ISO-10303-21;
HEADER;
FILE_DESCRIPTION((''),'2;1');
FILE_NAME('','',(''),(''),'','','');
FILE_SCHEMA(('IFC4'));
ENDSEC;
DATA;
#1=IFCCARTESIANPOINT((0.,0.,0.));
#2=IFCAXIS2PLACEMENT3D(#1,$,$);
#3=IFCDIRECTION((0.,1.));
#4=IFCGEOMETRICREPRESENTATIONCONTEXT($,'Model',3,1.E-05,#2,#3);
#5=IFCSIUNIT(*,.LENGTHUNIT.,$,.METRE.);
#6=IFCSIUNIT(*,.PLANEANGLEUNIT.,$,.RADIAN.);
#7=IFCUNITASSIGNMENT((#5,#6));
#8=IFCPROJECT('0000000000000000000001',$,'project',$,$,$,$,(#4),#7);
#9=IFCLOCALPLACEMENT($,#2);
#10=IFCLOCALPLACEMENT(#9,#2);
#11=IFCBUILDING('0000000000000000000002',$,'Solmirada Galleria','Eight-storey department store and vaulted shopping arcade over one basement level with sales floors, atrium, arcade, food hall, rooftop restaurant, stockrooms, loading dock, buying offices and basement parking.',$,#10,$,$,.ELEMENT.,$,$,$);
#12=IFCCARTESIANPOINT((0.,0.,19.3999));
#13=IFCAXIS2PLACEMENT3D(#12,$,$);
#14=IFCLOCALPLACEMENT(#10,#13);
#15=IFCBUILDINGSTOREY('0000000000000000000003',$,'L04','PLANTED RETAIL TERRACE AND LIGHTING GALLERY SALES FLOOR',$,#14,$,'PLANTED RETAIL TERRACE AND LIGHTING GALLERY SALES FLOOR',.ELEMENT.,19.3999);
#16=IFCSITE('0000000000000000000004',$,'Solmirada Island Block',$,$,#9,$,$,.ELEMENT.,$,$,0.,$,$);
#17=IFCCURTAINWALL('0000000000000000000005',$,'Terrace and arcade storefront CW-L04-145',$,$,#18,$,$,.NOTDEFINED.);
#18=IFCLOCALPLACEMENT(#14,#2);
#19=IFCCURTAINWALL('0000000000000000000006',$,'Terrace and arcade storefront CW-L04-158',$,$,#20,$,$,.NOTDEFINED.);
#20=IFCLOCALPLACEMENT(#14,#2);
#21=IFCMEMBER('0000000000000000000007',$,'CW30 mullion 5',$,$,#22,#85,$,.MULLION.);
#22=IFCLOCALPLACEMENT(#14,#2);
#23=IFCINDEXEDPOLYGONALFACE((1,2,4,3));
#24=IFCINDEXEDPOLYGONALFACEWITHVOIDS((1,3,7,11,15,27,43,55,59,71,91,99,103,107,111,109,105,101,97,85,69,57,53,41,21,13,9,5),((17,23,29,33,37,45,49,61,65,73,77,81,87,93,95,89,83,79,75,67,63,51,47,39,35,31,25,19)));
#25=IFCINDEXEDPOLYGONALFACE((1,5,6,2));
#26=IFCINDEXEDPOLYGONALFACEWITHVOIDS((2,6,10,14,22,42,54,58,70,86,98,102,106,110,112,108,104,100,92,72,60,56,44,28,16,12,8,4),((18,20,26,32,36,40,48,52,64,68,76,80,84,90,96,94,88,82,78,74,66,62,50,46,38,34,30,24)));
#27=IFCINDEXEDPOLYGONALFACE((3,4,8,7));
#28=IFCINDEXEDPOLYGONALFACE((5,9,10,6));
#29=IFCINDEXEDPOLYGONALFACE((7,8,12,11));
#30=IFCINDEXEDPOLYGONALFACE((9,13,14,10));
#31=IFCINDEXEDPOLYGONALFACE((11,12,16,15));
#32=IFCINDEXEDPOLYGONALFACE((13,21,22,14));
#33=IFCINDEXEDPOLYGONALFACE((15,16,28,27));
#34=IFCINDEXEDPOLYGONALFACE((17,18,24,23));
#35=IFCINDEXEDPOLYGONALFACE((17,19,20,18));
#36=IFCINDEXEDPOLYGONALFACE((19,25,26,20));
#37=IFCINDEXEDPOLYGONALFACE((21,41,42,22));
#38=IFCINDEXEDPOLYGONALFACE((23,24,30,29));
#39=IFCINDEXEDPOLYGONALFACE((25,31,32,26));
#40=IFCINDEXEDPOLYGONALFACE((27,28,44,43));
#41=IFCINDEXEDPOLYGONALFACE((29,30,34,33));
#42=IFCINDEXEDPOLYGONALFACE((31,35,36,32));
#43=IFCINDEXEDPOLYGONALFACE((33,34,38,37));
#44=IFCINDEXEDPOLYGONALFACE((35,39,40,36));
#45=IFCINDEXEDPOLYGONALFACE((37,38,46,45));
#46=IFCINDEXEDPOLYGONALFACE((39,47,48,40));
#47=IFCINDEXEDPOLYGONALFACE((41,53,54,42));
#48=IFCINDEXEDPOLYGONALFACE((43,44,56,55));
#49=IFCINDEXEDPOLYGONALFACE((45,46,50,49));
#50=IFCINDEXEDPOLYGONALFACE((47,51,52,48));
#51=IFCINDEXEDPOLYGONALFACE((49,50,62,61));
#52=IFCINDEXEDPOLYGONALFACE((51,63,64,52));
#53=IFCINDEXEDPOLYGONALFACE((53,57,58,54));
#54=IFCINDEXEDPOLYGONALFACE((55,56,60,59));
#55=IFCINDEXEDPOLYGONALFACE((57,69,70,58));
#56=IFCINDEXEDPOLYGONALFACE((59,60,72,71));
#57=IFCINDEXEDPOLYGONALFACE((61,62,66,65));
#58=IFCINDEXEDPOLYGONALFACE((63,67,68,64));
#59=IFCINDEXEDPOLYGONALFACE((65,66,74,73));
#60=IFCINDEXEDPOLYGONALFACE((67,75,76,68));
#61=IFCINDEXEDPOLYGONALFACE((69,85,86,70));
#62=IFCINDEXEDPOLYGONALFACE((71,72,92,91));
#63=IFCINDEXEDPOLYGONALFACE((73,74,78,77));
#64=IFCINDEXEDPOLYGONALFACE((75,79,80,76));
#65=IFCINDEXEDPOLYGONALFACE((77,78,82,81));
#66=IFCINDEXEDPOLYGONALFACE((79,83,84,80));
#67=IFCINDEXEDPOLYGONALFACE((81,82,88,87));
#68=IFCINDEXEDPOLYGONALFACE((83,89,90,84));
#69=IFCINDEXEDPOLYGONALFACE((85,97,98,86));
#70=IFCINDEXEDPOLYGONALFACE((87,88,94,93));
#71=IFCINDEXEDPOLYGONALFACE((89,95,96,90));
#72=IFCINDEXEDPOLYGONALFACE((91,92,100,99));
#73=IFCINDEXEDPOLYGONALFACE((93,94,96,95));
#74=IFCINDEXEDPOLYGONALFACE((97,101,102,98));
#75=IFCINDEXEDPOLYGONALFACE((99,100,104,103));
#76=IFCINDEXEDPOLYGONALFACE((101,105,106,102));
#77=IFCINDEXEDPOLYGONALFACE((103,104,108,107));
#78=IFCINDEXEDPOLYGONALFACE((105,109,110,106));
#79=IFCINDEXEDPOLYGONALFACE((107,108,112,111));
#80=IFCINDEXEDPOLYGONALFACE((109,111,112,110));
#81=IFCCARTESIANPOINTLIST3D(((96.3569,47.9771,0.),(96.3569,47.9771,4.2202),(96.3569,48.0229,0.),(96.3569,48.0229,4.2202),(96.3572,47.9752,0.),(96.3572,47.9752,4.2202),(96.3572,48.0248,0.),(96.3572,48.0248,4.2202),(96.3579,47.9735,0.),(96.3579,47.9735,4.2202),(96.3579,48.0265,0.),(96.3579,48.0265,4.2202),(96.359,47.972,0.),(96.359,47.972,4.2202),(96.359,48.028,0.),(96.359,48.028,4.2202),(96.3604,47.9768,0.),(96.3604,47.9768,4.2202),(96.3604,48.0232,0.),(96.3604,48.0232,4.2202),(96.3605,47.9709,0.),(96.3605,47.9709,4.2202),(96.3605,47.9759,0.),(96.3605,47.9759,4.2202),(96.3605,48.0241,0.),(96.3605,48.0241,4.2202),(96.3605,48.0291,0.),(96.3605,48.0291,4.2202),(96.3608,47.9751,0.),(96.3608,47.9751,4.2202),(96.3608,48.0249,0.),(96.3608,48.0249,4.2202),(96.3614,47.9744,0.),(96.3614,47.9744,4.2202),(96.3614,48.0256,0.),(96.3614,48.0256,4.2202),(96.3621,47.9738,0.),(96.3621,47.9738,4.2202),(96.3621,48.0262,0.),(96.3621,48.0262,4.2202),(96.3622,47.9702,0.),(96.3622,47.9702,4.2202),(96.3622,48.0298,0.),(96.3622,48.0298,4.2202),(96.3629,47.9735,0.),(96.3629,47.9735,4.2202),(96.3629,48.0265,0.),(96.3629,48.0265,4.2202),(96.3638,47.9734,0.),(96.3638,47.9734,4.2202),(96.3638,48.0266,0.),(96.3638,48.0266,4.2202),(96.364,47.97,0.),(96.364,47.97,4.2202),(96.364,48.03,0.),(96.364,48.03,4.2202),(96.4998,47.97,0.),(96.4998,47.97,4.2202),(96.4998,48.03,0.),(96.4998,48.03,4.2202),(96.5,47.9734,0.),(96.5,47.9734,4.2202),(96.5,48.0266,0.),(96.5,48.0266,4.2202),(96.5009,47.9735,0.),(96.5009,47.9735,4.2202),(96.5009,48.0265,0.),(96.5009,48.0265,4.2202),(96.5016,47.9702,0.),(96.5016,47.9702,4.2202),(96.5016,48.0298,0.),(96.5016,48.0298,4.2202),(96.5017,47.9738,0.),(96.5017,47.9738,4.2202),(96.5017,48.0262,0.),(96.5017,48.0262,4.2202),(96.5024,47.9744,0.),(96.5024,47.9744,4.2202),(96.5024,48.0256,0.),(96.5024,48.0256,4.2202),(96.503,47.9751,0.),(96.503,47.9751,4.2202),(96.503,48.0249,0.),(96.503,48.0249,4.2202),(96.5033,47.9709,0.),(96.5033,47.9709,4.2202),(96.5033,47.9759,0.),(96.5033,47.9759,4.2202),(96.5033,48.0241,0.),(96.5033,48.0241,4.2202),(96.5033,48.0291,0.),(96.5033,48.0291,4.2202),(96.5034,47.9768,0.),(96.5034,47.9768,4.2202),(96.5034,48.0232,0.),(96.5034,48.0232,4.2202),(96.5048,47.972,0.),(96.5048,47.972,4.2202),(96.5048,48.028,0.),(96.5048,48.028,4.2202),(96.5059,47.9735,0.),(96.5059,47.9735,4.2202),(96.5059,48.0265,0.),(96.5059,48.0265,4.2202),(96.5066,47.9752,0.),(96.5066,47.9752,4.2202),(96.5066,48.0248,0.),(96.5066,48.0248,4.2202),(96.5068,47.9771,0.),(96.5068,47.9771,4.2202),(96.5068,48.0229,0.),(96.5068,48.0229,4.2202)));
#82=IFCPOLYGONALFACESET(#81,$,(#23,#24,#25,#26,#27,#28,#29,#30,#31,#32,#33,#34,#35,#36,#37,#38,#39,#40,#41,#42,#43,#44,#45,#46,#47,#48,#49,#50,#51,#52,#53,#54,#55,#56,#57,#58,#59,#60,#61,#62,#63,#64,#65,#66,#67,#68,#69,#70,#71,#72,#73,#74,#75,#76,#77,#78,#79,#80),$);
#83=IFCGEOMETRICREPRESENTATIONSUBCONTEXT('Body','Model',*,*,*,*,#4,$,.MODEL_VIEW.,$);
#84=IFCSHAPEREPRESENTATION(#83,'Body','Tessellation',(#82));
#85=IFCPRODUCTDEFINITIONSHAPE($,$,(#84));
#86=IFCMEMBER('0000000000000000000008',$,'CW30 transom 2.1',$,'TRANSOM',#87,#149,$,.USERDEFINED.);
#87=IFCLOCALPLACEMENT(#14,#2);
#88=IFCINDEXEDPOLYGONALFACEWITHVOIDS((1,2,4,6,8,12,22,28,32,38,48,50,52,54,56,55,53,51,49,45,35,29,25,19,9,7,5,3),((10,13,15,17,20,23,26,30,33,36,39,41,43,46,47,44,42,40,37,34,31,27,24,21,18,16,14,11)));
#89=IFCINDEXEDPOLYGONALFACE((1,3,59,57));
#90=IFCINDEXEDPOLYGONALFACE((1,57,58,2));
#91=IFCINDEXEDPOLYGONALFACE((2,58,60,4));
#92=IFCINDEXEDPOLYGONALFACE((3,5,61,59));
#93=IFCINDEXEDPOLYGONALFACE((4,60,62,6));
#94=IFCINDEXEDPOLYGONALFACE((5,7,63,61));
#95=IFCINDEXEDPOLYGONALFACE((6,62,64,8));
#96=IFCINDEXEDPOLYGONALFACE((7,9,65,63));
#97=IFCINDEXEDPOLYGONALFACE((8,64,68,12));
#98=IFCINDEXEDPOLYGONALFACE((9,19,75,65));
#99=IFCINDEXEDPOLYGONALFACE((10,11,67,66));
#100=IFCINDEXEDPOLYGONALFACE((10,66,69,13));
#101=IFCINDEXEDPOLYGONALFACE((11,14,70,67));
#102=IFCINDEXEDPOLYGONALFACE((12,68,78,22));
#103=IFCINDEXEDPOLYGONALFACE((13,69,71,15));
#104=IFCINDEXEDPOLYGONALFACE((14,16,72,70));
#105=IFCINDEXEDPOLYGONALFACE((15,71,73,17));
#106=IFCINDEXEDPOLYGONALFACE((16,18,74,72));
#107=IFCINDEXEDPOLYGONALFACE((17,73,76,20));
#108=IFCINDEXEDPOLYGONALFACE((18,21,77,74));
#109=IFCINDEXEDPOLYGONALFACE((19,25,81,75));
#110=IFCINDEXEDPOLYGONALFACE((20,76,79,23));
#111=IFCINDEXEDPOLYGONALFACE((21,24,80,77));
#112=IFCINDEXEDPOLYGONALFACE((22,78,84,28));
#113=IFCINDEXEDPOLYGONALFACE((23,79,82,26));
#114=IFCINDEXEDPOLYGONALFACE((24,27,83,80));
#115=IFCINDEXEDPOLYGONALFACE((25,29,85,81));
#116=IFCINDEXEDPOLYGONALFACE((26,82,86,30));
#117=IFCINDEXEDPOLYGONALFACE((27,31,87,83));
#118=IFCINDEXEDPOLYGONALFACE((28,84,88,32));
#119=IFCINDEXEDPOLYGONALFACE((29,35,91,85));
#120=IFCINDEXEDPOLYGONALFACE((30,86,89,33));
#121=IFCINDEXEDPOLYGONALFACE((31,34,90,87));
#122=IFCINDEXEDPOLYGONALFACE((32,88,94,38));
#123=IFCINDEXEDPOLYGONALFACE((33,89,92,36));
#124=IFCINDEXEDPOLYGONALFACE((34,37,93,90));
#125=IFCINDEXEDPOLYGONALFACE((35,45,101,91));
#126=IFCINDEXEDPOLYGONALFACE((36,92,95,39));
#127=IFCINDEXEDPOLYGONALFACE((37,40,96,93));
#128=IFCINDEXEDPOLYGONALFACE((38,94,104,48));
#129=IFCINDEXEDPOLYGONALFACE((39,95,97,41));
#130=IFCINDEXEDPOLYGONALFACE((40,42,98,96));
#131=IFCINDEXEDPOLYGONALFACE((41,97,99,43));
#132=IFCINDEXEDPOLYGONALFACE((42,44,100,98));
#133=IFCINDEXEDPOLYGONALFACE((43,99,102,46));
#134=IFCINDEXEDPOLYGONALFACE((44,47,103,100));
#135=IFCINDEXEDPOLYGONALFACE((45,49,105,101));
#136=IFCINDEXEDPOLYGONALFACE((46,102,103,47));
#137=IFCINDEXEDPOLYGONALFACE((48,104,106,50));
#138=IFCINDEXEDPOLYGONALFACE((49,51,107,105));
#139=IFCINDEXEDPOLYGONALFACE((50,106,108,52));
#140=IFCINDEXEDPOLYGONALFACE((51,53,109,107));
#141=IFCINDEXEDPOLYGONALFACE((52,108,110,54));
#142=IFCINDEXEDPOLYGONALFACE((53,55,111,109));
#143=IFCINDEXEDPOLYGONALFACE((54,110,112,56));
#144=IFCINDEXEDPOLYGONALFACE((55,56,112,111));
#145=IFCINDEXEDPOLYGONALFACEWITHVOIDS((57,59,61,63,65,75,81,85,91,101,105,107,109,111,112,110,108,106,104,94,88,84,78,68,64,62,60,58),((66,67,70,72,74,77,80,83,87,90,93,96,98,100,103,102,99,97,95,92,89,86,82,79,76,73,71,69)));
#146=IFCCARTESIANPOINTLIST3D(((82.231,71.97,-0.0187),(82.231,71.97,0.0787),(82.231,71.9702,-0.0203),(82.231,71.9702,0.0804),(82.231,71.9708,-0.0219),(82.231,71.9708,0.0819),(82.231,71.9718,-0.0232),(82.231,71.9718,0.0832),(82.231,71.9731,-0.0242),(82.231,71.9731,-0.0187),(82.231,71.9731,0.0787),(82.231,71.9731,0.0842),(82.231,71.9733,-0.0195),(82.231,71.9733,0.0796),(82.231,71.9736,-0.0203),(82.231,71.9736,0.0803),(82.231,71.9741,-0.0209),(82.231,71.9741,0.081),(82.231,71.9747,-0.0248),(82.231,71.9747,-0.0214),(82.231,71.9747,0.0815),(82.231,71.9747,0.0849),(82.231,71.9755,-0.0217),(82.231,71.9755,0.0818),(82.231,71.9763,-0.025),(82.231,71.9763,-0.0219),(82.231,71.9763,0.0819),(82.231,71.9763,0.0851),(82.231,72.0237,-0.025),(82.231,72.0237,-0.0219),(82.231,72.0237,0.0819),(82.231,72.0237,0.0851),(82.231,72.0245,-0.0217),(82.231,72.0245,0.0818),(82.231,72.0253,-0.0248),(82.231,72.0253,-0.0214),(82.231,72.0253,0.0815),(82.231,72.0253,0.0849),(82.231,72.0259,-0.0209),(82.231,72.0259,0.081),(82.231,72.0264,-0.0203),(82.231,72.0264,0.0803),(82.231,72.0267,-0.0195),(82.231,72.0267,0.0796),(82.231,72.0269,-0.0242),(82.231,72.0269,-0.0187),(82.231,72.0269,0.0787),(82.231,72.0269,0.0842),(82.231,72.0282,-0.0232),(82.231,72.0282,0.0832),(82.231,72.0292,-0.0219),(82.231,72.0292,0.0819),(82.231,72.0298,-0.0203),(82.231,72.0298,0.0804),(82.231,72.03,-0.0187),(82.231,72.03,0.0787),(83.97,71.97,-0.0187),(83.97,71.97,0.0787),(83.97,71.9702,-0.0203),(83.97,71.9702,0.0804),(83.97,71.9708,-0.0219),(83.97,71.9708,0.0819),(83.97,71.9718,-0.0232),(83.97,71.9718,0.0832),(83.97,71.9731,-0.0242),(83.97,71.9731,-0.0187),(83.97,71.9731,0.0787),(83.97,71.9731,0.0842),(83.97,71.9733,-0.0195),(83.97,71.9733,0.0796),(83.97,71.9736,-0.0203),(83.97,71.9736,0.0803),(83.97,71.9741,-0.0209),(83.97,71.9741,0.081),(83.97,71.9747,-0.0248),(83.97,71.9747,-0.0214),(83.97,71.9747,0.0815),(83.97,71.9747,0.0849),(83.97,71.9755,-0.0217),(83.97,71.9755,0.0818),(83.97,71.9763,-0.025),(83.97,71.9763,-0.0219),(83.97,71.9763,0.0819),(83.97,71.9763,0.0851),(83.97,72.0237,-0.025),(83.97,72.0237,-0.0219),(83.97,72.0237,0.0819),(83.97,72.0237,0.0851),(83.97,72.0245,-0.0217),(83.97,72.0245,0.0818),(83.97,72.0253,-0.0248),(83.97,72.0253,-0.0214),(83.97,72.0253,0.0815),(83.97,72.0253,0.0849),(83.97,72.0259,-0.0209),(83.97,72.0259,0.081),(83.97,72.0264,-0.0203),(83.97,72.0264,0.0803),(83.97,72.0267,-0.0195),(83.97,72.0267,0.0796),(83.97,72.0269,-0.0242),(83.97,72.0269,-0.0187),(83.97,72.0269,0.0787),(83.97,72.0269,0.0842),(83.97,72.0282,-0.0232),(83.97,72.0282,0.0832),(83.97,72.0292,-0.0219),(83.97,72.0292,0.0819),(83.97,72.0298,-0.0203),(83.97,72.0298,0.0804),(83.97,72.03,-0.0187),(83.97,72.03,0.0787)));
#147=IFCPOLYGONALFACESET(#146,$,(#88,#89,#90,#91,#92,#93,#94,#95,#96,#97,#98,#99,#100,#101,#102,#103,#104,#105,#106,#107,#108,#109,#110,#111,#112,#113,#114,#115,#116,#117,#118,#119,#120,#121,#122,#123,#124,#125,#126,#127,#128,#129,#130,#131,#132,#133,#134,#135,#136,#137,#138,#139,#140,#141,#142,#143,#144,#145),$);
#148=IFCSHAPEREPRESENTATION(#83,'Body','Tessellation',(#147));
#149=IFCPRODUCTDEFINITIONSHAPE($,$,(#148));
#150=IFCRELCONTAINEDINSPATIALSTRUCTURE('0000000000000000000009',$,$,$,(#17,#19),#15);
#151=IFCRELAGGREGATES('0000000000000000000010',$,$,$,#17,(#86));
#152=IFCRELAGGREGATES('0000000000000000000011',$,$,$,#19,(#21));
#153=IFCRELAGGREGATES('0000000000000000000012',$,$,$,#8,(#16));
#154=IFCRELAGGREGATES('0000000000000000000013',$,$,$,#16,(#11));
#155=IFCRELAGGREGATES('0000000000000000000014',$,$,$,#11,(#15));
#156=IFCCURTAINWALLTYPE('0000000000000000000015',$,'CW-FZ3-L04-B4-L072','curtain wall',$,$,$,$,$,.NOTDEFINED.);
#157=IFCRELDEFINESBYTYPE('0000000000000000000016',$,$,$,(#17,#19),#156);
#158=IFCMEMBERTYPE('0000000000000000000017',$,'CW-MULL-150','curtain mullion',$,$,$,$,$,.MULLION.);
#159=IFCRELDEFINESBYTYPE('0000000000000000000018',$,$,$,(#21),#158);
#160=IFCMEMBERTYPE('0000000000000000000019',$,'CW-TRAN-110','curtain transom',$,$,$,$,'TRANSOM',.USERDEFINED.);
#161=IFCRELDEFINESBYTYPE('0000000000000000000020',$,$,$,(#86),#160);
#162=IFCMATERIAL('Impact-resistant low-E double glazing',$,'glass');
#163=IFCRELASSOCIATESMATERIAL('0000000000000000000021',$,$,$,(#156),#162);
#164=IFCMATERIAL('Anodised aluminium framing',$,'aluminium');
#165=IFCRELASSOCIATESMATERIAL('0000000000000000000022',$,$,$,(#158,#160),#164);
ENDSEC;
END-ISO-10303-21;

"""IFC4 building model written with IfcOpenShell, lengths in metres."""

from ifc_helpers import new_model, si_unit, direction, frame, origin, origin_2d, place, context, subcontext, project, spatial, hollow_rectangle, extrude, material, material_profile, profile_set, type_object, element, aggregate, save


model = new_model("IFC4")

# Units and contexts
model_context = context("Model", 3, precision=1e-05, world=origin(), true_north=direction((0.0, 1.0)))
body_context = subcontext(model_context, "Body", "Model", "MODEL_VIEW")
ifc_project = project(units=[si_unit("LENGTHUNIT", "METRE"), si_unit("PLANEANGLEUNIT", "RADIAN")], contexts=[model_context])

# Site, building, storey
site_placement = place(None, origin())
site = spatial("IfcSite", under=ifc_project, at=site_placement, Name="Solmirada Island Block", CompositionType="ELEMENT", RefElevation=0.0)
building_placement = place(site_placement, origin())
building = spatial("IfcBuilding", under=site, at=building_placement, Name="Solmirada Galleria", Description="Eight-storey department store and vaulted shopping arcade over one basement level with sales floors, atrium, arcade, food hall, rooftop restaurant, stockrooms, loading dock, buying offices and basement parking.", CompositionType="ELEMENT")
storey_placement = place(building_placement, frame((0.0, 0.0, 19.3999)))
storey = spatial("IfcBuildingStorey", under=building, at=storey_placement, Name="L04", Description="PLANTED RETAIL TERRACE AND LIGHTING GALLERY SALES FLOOR", LongName="PLANTED RETAIL TERRACE AND LIGHTING GALLERY SALES FLOOR", CompositionType="ELEMENT", Elevation=19.3999)

# Curtain wall
ifc_material_1 = material(Name="Impact-resistant low-E double glazing", Category="glass")
curtain_wall_type = type_object("IfcCurtainWallType", Name="CW-FZ3-L04-B4-L072", Description="curtain wall", PredefinedType="NOTDEFINED", material=ifc_material_1)
curtain_wall_1_placement = place(storey_placement, origin())
curtain_wall_1 = element("IfcCurtainWall", 1, at=curtain_wall_1_placement, inside=storey, type_object=curtain_wall_type, Name="Terrace and arcade storefront CW-L04-145", PredefinedType="NOTDEFINED")
ifc_material_2 = material(Name="Anodised aluminium framing", Category="aluminium")
ifc_material_profile_1 = material_profile(ifc_material_2, hollow_rectangle(XDim=0.0601, YDim=0.1499, WallThickness=0.0034, InnerFilletRadius=0.0034, OuterFilletRadius=0.0071, at=origin_2d()), Name="ALU-MULL-150X60")
ifc_profile_set_1 = profile_set([ifc_material_profile_1], Name="Anodised aluminium framing")
member_type_1 = type_object("IfcMemberType", Name="CW-MULL-150", Description="curtain mullion", PredefinedType="MULLION", material=ifc_profile_set_1)

# Curtain wall, member
curtain_wall_2_placement = place(storey_placement, origin())
curtain_wall_2 = element("IfcCurtainWall", 2, at=curtain_wall_2_placement, inside=storey, type_object=curtain_wall_type, Name="Terrace and arcade storefront CW-L04-158", PredefinedType="NOTDEFINED")
member_1_placement = place(storey_placement, frame((96.4319, 48.0, 0.0), z_axis=(0.0, 0.0, 1.0), x_axis=(0.0, -1.0, 0.0)))
member_1 = element("IfcMember", 3, at=member_1_placement, type_object=member_type_1, Name="CW30 mullion 5", PredefinedType="MULLION", context=body_context, shape_type="SweptSolid", body=[
    extrude(hollow_rectangle(XDim=0.0601, YDim=0.1499, WallThickness=0.0034, InnerFilletRadius=0.0034, OuterFilletRadius=0.0071, at=origin_2d()), origin(), (0.0, 0.0, 1.0), 4.2202),
])

# Member
ifc_material_profile_2 = material_profile(ifc_material_2, hollow_rectangle(XDim=0.0601, YDim=0.1101, WallThickness=0.0032, InnerFilletRadius=0.0032, OuterFilletRadius=0.0063, at=origin_2d()), Name="ALU-TRAN-110X60")
ifc_profile_set_2 = profile_set([ifc_material_profile_2], Name="Anodised aluminium framing")
member_type_2 = type_object("IfcMemberType", Name="CW-TRAN-110", Description="curtain transom", ElementType="TRANSOM", PredefinedType="USERDEFINED", material=ifc_profile_set_2)
member_2_placement = place(storey_placement, frame((82.231, 72.0, 0.03), z_axis=(1.0, 0.0, 0.0), x_axis=(0.0, 1.0, 0.0)))
member_2 = element("IfcMember", 4, at=member_2_placement, type_object=member_type_2, Name="CW30 transom 2.1", ObjectType="TRANSOM", PredefinedType="USERDEFINED", context=body_context, shape_type="SweptSolid", body=[
    extrude(hollow_rectangle(XDim=0.0601, YDim=0.1101, WallThickness=0.0032, InnerFilletRadius=0.0032, OuterFilletRadius=0.0063, at=origin_2d()), origin(), (0.0, 0.0, 1.0), 1.739),
])

aggregate(curtain_wall_1, [member_2])
aggregate(curtain_wall_2, [member_1])

save(model, "model.ifc")
